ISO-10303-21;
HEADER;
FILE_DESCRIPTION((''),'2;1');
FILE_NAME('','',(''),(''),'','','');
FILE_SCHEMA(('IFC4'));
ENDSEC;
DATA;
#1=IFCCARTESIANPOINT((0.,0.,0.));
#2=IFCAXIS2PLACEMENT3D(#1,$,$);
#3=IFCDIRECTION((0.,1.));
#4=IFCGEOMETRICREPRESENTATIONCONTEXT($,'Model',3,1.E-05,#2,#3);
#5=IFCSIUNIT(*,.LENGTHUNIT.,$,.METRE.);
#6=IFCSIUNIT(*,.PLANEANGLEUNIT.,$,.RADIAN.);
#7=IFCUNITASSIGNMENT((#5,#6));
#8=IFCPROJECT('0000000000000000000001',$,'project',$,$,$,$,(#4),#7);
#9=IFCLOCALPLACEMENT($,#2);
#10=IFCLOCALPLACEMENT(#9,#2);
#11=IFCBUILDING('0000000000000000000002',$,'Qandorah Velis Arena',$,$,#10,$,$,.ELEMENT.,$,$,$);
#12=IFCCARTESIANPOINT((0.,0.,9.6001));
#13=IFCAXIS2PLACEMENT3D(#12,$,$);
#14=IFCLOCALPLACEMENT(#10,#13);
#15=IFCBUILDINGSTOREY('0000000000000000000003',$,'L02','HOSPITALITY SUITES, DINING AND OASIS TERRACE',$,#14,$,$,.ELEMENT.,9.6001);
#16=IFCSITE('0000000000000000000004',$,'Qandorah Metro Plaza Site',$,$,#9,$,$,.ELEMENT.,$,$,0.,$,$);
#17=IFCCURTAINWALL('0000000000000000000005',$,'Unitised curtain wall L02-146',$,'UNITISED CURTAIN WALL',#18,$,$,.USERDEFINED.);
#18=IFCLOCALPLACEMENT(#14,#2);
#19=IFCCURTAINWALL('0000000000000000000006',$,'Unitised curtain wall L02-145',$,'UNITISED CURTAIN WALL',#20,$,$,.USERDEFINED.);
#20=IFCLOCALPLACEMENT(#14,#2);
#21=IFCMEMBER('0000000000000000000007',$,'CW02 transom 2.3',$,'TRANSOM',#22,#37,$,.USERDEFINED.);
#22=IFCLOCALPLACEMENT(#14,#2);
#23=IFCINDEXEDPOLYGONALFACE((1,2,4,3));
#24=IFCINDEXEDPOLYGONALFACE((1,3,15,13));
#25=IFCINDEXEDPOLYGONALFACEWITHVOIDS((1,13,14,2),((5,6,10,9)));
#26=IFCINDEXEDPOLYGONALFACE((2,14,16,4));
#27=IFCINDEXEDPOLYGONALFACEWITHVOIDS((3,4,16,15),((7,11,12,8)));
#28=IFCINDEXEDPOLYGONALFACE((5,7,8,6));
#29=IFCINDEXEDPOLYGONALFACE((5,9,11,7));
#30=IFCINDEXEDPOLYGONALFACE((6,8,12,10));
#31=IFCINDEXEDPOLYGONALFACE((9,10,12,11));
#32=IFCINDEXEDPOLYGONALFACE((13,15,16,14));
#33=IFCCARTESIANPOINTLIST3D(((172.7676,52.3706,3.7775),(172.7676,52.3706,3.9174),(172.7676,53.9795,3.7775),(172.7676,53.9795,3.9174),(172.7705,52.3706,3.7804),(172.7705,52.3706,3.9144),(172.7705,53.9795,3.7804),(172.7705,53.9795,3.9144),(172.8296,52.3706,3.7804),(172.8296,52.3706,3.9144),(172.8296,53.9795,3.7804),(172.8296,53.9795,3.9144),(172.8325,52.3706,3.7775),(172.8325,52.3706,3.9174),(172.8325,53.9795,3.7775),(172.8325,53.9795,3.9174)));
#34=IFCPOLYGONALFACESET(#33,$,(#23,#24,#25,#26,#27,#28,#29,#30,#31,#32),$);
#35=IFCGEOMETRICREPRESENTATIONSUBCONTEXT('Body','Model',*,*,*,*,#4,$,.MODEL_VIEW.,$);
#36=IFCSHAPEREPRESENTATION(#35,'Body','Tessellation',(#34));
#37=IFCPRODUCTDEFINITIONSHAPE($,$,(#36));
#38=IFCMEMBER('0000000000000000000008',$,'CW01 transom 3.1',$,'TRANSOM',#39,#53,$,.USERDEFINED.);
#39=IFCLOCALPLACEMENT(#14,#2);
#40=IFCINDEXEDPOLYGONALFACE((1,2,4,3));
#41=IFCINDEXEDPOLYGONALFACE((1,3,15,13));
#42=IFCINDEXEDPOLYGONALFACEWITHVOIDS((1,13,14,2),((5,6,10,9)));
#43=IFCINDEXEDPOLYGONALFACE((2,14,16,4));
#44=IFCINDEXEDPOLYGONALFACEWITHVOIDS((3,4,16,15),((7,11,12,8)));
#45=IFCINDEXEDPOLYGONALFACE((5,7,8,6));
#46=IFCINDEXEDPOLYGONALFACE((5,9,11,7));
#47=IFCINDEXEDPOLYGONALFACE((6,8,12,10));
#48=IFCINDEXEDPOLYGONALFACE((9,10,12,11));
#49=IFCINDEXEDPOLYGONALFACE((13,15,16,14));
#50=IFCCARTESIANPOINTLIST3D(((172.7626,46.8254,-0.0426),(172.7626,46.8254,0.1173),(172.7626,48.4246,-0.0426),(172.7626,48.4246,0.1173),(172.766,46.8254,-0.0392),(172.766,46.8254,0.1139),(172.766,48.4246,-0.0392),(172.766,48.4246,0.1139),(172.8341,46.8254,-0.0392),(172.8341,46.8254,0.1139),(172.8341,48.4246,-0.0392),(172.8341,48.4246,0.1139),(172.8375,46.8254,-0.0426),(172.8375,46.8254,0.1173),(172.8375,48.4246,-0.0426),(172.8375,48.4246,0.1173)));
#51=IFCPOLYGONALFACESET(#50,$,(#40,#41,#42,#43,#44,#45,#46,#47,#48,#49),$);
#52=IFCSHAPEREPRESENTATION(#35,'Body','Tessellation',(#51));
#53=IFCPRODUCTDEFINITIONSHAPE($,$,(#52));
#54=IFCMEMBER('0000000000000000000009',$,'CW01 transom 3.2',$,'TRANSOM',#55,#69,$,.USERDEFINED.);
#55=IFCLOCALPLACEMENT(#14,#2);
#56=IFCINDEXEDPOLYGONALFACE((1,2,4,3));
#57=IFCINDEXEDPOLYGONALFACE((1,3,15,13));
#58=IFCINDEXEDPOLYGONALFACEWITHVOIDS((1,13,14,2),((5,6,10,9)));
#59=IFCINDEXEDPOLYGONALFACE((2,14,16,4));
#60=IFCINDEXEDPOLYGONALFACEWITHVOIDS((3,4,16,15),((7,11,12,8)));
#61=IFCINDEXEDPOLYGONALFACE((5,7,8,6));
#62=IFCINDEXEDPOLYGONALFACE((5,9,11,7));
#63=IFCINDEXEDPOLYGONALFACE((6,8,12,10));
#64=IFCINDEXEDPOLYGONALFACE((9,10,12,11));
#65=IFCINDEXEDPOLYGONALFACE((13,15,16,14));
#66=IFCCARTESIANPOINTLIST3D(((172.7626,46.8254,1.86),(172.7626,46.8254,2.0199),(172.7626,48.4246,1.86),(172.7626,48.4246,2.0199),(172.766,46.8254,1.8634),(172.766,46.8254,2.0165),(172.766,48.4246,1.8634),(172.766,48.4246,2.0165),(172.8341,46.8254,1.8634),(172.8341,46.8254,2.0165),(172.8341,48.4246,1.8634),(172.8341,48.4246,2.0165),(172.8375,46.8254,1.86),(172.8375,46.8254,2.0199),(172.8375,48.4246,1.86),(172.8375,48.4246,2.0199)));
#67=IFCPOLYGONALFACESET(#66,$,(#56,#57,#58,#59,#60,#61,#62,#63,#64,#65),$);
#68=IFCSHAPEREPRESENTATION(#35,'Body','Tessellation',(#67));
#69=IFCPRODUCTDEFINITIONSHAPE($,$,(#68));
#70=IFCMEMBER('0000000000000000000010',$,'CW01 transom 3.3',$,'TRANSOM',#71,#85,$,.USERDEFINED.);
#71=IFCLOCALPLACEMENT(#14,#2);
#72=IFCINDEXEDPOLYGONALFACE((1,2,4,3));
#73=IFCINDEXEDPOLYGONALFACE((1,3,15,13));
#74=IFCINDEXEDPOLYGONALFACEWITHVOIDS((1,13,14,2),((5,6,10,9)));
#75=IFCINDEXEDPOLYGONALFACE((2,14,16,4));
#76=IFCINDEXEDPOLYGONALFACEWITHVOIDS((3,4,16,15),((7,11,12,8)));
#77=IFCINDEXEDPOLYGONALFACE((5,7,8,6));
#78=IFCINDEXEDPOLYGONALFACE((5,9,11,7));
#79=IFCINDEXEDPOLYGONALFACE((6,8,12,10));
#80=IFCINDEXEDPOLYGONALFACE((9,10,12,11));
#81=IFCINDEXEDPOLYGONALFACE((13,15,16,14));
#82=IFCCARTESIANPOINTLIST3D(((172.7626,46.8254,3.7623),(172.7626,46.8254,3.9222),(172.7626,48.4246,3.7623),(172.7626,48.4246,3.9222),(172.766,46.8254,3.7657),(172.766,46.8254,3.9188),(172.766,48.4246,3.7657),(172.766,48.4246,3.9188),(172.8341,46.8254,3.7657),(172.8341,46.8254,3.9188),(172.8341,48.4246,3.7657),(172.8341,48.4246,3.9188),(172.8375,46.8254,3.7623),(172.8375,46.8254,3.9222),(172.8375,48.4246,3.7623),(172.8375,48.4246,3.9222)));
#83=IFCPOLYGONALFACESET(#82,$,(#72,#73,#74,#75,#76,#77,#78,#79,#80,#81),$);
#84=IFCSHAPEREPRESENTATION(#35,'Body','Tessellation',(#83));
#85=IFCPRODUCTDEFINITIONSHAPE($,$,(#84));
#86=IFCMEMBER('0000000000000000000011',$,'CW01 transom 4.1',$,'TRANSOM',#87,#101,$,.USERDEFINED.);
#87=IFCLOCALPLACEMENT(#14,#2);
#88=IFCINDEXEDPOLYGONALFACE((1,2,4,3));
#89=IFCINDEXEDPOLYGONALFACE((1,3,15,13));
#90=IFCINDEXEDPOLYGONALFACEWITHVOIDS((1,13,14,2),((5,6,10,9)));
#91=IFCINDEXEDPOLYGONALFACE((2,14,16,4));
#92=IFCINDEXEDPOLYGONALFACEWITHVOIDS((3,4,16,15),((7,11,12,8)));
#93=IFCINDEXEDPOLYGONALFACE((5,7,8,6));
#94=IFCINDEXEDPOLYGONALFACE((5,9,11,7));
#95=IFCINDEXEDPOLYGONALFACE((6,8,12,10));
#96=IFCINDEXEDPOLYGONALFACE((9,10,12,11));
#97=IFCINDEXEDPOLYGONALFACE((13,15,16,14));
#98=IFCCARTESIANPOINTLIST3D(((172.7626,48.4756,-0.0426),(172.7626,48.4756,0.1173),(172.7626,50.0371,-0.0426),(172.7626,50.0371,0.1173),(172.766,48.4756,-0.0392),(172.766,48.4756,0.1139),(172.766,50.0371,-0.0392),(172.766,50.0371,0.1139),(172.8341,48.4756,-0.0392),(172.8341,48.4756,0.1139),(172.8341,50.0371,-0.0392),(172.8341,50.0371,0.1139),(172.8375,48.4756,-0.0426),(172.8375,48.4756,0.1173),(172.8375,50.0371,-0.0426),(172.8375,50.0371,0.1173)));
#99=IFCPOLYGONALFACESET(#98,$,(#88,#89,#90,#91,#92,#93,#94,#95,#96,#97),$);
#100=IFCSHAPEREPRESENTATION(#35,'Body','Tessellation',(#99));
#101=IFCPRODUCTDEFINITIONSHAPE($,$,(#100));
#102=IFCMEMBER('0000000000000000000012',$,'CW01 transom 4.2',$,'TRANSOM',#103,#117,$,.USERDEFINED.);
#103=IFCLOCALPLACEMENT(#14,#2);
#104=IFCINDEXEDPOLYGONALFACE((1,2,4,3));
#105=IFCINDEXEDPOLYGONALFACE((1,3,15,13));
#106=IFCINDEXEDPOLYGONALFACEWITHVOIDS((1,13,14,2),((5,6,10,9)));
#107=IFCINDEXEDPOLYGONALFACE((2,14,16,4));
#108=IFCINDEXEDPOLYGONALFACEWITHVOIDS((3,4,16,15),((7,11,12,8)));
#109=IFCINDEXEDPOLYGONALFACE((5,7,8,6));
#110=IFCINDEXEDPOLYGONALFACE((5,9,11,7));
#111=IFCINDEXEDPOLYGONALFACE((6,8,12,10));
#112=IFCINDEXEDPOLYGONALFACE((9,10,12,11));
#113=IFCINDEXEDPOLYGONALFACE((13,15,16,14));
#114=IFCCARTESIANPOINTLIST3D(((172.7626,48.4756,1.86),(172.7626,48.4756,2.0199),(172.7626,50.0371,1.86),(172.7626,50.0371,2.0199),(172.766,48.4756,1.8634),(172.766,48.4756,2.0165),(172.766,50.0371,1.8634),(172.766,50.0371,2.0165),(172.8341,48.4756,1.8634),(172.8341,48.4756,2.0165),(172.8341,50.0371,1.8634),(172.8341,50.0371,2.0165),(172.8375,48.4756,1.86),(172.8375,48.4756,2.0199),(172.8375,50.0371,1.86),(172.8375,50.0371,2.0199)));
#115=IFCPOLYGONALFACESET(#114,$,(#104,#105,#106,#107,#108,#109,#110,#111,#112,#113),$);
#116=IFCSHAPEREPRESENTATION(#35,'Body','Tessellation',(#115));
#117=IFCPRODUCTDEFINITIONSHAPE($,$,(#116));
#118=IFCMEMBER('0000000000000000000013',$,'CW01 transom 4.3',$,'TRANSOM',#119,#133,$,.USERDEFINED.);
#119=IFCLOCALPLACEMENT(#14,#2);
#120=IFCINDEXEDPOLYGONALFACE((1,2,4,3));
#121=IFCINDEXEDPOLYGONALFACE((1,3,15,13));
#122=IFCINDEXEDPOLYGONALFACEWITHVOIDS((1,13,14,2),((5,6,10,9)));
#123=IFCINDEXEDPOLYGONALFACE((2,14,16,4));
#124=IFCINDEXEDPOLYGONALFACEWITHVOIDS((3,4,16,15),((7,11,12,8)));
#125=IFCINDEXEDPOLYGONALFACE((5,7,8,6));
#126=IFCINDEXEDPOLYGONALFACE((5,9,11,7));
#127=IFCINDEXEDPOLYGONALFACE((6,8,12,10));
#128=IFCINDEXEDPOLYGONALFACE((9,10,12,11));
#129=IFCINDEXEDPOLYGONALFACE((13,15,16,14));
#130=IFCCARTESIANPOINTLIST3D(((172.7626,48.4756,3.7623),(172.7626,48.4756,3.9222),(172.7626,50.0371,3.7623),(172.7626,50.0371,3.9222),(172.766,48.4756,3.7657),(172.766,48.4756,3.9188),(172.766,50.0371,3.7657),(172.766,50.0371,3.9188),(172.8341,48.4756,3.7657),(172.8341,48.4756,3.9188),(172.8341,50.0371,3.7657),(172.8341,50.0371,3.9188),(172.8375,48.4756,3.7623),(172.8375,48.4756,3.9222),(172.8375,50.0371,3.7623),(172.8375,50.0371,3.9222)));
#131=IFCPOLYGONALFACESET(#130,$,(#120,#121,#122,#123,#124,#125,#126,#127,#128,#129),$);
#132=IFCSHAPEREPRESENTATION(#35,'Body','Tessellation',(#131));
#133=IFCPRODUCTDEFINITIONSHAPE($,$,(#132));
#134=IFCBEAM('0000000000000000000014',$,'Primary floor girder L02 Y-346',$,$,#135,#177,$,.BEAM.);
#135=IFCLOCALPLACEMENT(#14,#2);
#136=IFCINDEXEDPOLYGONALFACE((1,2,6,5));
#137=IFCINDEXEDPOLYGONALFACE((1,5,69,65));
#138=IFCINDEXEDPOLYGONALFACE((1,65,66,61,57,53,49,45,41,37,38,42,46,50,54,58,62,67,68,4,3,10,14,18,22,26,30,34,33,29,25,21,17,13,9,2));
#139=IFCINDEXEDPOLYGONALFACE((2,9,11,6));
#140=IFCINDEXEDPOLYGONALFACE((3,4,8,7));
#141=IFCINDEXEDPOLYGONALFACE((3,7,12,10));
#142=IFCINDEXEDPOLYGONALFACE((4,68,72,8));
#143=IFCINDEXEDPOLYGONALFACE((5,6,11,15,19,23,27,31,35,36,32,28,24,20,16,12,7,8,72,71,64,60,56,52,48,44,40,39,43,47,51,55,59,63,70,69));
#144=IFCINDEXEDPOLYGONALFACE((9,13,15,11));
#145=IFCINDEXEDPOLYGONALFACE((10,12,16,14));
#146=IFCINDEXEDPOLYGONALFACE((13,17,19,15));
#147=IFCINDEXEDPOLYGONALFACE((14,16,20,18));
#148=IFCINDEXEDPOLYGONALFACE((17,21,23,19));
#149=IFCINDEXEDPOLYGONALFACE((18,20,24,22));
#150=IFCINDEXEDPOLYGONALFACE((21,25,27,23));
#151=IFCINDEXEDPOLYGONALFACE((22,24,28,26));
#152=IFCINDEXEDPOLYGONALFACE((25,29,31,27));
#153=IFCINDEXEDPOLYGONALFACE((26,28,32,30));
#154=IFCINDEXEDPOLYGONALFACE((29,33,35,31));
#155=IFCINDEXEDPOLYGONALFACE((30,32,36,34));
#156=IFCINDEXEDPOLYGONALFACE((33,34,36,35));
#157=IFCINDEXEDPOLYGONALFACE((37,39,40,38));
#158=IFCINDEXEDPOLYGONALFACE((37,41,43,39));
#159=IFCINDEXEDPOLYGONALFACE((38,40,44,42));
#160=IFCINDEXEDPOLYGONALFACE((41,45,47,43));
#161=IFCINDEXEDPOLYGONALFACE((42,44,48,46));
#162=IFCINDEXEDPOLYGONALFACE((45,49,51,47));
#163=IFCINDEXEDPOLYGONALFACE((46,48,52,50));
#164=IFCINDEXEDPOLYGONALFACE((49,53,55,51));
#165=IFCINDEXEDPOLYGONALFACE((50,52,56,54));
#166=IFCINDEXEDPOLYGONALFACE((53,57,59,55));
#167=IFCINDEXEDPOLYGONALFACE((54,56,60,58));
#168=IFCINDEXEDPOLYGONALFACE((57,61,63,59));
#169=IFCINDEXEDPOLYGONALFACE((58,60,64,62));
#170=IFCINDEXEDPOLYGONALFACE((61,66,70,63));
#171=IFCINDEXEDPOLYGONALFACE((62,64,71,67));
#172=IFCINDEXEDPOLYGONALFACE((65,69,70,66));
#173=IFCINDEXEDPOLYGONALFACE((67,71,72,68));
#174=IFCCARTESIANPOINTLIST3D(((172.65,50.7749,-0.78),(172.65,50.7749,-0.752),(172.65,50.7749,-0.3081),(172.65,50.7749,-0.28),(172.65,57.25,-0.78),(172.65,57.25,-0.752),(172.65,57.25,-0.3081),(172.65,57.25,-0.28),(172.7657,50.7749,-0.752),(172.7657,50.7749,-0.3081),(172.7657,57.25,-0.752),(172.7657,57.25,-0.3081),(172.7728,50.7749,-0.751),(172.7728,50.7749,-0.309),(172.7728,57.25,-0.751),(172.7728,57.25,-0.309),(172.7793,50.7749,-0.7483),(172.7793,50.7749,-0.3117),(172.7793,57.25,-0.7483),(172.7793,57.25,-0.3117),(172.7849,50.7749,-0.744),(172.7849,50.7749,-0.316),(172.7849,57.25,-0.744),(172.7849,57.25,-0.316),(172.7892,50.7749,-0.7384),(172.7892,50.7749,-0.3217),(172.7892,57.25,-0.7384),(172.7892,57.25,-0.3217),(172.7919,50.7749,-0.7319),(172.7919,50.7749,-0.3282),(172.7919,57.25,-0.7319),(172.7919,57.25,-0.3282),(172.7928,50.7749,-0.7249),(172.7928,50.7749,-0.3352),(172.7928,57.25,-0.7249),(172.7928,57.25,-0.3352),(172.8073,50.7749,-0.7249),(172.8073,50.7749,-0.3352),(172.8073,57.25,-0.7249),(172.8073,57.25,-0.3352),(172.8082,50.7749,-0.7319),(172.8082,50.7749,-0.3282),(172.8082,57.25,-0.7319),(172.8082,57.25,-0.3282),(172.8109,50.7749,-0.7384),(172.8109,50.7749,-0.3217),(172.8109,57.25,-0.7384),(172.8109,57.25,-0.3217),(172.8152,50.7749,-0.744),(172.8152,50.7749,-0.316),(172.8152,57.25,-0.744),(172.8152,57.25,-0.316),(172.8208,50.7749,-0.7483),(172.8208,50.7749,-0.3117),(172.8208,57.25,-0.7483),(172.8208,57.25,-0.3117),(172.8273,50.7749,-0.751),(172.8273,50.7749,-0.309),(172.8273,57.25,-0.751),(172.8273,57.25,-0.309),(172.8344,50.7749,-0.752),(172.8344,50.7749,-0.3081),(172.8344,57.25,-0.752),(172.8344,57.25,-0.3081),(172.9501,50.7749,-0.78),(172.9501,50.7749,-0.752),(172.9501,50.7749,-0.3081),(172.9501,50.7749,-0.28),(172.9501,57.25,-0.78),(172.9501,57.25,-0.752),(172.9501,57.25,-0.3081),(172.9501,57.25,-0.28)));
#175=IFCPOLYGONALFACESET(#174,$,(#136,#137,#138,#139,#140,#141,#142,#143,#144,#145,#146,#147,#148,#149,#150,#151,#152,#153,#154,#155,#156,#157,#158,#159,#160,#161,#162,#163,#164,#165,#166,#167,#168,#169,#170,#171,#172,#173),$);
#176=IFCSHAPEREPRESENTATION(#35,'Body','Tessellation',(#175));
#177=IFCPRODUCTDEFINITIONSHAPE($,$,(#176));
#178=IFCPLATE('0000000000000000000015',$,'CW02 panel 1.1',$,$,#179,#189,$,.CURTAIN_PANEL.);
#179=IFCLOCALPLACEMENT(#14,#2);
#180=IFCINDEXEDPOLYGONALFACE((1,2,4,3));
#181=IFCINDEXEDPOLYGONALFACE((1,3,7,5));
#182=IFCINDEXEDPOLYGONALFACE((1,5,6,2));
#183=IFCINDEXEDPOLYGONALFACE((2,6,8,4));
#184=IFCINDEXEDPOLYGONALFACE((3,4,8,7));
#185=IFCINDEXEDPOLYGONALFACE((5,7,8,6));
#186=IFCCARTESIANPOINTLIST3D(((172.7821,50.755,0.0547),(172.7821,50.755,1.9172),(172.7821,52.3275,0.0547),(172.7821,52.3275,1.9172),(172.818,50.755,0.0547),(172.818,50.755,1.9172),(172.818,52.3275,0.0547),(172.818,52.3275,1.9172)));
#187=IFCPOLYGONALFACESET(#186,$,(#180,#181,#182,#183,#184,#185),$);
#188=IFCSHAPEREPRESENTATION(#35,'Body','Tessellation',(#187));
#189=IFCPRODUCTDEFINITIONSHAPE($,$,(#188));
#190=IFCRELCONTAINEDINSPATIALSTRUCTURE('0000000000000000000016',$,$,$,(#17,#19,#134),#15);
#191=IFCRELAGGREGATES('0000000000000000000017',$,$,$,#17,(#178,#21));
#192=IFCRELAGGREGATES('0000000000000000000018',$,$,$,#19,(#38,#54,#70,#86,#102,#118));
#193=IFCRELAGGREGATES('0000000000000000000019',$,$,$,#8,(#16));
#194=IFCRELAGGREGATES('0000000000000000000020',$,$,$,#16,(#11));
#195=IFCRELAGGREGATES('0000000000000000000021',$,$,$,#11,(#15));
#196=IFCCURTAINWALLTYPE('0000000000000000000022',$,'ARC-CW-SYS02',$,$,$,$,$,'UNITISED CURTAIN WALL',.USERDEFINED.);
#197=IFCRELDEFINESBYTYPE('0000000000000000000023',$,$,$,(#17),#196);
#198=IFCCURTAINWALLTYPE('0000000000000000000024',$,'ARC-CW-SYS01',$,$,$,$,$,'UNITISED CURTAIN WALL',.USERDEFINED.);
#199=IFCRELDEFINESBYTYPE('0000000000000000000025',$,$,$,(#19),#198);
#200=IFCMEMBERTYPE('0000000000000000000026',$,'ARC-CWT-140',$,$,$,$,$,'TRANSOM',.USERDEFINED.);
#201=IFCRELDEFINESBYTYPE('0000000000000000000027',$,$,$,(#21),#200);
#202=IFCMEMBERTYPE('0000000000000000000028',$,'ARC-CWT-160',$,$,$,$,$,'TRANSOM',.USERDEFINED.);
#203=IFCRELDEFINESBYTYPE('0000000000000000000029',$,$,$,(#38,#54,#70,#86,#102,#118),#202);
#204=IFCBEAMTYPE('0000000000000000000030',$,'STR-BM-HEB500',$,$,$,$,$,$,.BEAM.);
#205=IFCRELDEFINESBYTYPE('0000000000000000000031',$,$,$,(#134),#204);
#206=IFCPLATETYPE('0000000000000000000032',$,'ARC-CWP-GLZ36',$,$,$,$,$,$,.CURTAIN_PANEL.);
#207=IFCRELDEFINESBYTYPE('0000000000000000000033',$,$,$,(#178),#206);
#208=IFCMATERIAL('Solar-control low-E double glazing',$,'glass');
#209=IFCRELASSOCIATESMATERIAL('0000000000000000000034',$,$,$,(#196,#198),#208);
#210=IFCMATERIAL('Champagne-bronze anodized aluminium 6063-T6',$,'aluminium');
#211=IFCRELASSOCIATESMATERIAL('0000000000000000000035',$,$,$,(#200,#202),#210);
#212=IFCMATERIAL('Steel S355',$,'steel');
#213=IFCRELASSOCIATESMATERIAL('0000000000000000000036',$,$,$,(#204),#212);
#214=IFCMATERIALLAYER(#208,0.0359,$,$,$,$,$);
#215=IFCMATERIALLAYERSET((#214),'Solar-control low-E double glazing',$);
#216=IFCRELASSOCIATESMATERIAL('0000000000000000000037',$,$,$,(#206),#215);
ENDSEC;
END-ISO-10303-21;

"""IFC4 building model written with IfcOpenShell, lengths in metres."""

from ifc_helpers import new_model, si_unit, direction, frame, origin, origin_2d, place, context, subcontext, project, spatial, rectangle, hollow_rectangle, i_section, extrude, material, layer, layer_set, material_profile, profile_set, type_object, element, aggregate, save


model = new_model("IFC4")

# Units and contexts
model_context = context("Model", 3, precision=1e-05, world=origin(), true_north=direction((0.0, 1.0)))
body_context = subcontext(model_context, "Body", "Model", "MODEL_VIEW")
ifc_project = project(units=[si_unit("LENGTHUNIT", "METRE"), si_unit("PLANEANGLEUNIT", "RADIAN")], contexts=[model_context])

# Site, building, storey
site_placement = place(None, origin())
site = spatial("IfcSite", under=ifc_project, at=site_placement, Name="Qandorah Metro Plaza Site", CompositionType="ELEMENT", RefElevation=0.0)
building_placement = place(site_placement, origin())
building = spatial("IfcBuilding", under=site, at=building_placement, Name="Qandorah Velis Arena", CompositionType="ELEMENT")
storey_placement = place(building_placement, frame((0.0, 0.0, 9.6001)))
storey = spatial("IfcBuildingStorey", under=building, at=storey_placement, Name="L02", Description="HOSPITALITY SUITES, DINING AND OASIS TERRACE", CompositionType="ELEMENT", Elevation=9.6001)

# Curtain walls
ifc_material_1 = material(Name="Solar-control low-E double glazing", Category="glass")
curtain_wall_type_1 = type_object("IfcCurtainWallType", Name="ARC-CW-SYS02", ElementType="UNITISED CURTAIN WALL", PredefinedType="USERDEFINED", material=ifc_material_1)
curtain_wall_1_placement = place(storey_placement, origin())
curtain_wall_1 = element("IfcCurtainWall", 1, at=curtain_wall_1_placement, inside=storey, type_object=curtain_wall_type_1, Name="Unitised curtain wall L02-146", ObjectType="UNITISED CURTAIN WALL", PredefinedType="USERDEFINED")
ifc_material_2 = material(Name="Champagne-bronze anodized aluminium 6063-T6", Category="aluminium")
curtain_wall_type_2 = type_object("IfcCurtainWallType", Name="ARC-CW-SYS01", ElementType="UNITISED CURTAIN WALL", PredefinedType="USERDEFINED", material=ifc_material_1)
curtain_wall_2_placement = place(storey_placement, origin())
curtain_wall_2 = element("IfcCurtainWall", 2, at=curtain_wall_2_placement, inside=storey, type_object=curtain_wall_type_2, Name="Unitised curtain wall L02-145", ObjectType="UNITISED CURTAIN WALL", PredefinedType="USERDEFINED")

# Members
ifc_material_profile_1 = material_profile(ifc_material_2, hollow_rectangle(XDim=0.0649, YDim=0.1399, WallThickness=0.0029, at=origin_2d()), Name="ALU TRANSOM 65x140")
ifc_profile_set_1 = profile_set([ifc_material_profile_1], Name="Champagne-bronze anodized aluminium 6063-T6")
member_type_1 = type_object("IfcMemberType", Name="ARC-CWT-140", ElementType="TRANSOM", PredefinedType="USERDEFINED", material=ifc_profile_set_1)
member_1_placement = place(storey_placement, frame((172.8, 52.3706, 3.8474), z_axis=(0.0, 1.0, 0.0), x_axis=(-1.0, 0.0, 0.0)))
member_1 = element("IfcMember", 3, at=member_1_placement, type_object=member_type_1, Name="CW02 transom 2.3", ObjectType="TRANSOM", PredefinedType="USERDEFINED", context=body_context, shape_type="SweptSolid", body=[
    extrude(hollow_rectangle(XDim=0.0649, YDim=0.1399, WallThickness=0.0029, at=origin_2d()), origin(), (0.0, 0.0, 1.0), 1.6089),
])
ifc_material_profile_2 = material_profile(ifc_material_2, hollow_rectangle(XDim=0.075, YDim=0.1599, WallThickness=0.0034, at=origin_2d()), Name="ALU TRANSOM 75x160")
ifc_profile_set_2 = profile_set([ifc_material_profile_2], Name="Champagne-bronze anodized aluminium 6063-T6")
member_type_2 = type_object("IfcMemberType", Name="ARC-CWT-160", ElementType="TRANSOM", PredefinedType="USERDEFINED", material=ifc_profile_set_2)
member_2_placement = place(storey_placement, frame((172.8, 46.8254, 0.0374), z_axis=(0.0, 1.0, 0.0), x_axis=(-1.0, 0.0, 0.0)))
member_2 = element("IfcMember", 4, at=member_2_placement, type_object=member_type_2, Name="CW01 transom 3.1", ObjectType="TRANSOM", PredefinedType="USERDEFINED", context=body_context, shape_type="SweptSolid", body=[
    extrude(hollow_rectangle(XDim=0.075, YDim=0.1599, WallThickness=0.0034, at=origin_2d()), origin(), (0.0, 0.0, 1.0), 1.5991),
])
member_3_placement = place(storey_placement, frame((172.8, 46.8254, 1.9399), z_axis=(0.0, 1.0, 0.0), x_axis=(-1.0, 0.0, 0.0)))
member_3 = element("IfcMember", 5, at=member_3_placement, type_object=member_type_2, Name="CW01 transom 3.2", ObjectType="TRANSOM", PredefinedType="USERDEFINED", context=body_context, shape_type="SweptSolid", body=[
    extrude(hollow_rectangle(XDim=0.075, YDim=0.1599, WallThickness=0.0034, at=origin_2d()), origin(), (0.0, 0.0, 1.0), 1.5991),
])
member_4_placement = place(storey_placement, frame((172.8, 46.8254, 3.8423), z_axis=(0.0, 1.0, 0.0), x_axis=(-1.0, 0.0, 0.0)))
member_4 = element("IfcMember", 6, at=member_4_placement, type_object=member_type_2, Name="CW01 transom 3.3", ObjectType="TRANSOM", PredefinedType="USERDEFINED", context=body_context, shape_type="SweptSolid", body=[
    extrude(hollow_rectangle(XDim=0.075, YDim=0.1599, WallThickness=0.0034, at=origin_2d()), origin(), (0.0, 0.0, 1.0), 1.5991),
])
member_5_placement = place(storey_placement, frame((172.8, 48.4756, 0.0374), z_axis=(0.0, 1.0, 0.0), x_axis=(-1.0, 0.0, 0.0)))
member_5 = element("IfcMember", 7, at=member_5_placement, type_object=member_type_2, Name="CW01 transom 4.1", ObjectType="TRANSOM", PredefinedType="USERDEFINED", context=body_context, shape_type="SweptSolid", body=[
    extrude(hollow_rectangle(XDim=0.075, YDim=0.1599, WallThickness=0.0034, at=origin_2d()), origin(), (0.0, 0.0, 1.0), 1.5615),
])
member_6_placement = place(storey_placement, frame((172.8, 48.4756, 1.9399), z_axis=(0.0, 1.0, 0.0), x_axis=(-1.0, 0.0, 0.0)))
member_6 = element("IfcMember", 8, at=member_6_placement, type_object=member_type_2, Name="CW01 transom 4.2", ObjectType="TRANSOM", PredefinedType="USERDEFINED", context=body_context, shape_type="SweptSolid", body=[
    extrude(hollow_rectangle(XDim=0.075, YDim=0.1599, WallThickness=0.0034, at=origin_2d()), origin(), (0.0, 0.0, 1.0), 1.5615),
])
member_7_placement = place(storey_placement, frame((172.8, 48.4756, 3.8423), z_axis=(0.0, 1.0, 0.0), x_axis=(-1.0, 0.0, 0.0)))
member_7 = element("IfcMember", 9, at=member_7_placement, type_object=member_type_2, Name="CW01 transom 4.3", ObjectType="TRANSOM", PredefinedType="USERDEFINED", context=body_context, shape_type="SweptSolid", body=[
    extrude(hollow_rectangle(XDim=0.075, YDim=0.1599, WallThickness=0.0034, at=origin_2d()), origin(), (0.0, 0.0, 1.0), 1.5615),
])

# Beam
ifc_material_3 = material(Name="Steel S355", Category="steel")
ifc_material_profile_3 = material_profile(ifc_material_3, i_section(OverallWidth=0.3, OverallDepth=0.5, WebThickness=0.0144, FlangeThickness=0.0281, FilletRadius=0.0271, at=origin_2d()), Name="HEB 500")
ifc_profile_set_3 = profile_set([ifc_material_profile_3], Name="Steel S355")
beam_type = type_object("IfcBeamType", Name="STR-BM-HEB500", PredefinedType="BEAM", material=ifc_profile_set_3)
beam_placement = place(storey_placement, frame((172.8, 50.7749, -0.53), z_axis=(0.0, 1.0, 0.0), x_axis=(-1.0, 0.0, 0.0)))
element("IfcBeam", 10, at=beam_placement, inside=storey, type_object=beam_type, Name="Primary floor girder L02 Y-346", PredefinedType="BEAM", context=body_context, shape_type="SweptSolid", body=[
    extrude(i_section(OverallWidth=0.3, OverallDepth=0.5, WebThickness=0.0144, FlangeThickness=0.0281, FilletRadius=0.0271, at=origin_2d()), origin(), (0.0, 0.0, 1.0), 6.4751),
])

# Plate
ifc_layer_1 = layer(ifc_material_1, 0.0359)
ifc_layer_set_1 = layer_set([ifc_layer_1], Name="Solar-control low-E double glazing")
plate_type_1 = type_object("IfcPlateType", Name="ARC-CWP-GLZ36", PredefinedType="CURTAIN_PANEL", material=ifc_layer_set_1)
plate_1_placement = place(storey_placement, frame((172.8, 51.5413, 0.0547), z_axis=(0.0, 0.0, 1.0), x_axis=(0.0, 1.0, 0.0)))
plate_1 = element("IfcPlate", 11, at=plate_1_placement, type_object=plate_type_1, Name="CW02 panel 1.1", PredefinedType="CURTAIN_PANEL", context=body_context, shape_type="SweptSolid", body=[
    extrude(rectangle(XDim=1.5725, YDim=0.0359, at=origin_2d()), origin(), (0.0, 0.0, 1.0), 1.8625),
])
aggregate(curtain_wall_1, [plate_1, member_1])
aggregate(curtain_wall_2, [member_2, member_3, member_4, member_5, member_6, member_7])

save(model, "model.ifc")
